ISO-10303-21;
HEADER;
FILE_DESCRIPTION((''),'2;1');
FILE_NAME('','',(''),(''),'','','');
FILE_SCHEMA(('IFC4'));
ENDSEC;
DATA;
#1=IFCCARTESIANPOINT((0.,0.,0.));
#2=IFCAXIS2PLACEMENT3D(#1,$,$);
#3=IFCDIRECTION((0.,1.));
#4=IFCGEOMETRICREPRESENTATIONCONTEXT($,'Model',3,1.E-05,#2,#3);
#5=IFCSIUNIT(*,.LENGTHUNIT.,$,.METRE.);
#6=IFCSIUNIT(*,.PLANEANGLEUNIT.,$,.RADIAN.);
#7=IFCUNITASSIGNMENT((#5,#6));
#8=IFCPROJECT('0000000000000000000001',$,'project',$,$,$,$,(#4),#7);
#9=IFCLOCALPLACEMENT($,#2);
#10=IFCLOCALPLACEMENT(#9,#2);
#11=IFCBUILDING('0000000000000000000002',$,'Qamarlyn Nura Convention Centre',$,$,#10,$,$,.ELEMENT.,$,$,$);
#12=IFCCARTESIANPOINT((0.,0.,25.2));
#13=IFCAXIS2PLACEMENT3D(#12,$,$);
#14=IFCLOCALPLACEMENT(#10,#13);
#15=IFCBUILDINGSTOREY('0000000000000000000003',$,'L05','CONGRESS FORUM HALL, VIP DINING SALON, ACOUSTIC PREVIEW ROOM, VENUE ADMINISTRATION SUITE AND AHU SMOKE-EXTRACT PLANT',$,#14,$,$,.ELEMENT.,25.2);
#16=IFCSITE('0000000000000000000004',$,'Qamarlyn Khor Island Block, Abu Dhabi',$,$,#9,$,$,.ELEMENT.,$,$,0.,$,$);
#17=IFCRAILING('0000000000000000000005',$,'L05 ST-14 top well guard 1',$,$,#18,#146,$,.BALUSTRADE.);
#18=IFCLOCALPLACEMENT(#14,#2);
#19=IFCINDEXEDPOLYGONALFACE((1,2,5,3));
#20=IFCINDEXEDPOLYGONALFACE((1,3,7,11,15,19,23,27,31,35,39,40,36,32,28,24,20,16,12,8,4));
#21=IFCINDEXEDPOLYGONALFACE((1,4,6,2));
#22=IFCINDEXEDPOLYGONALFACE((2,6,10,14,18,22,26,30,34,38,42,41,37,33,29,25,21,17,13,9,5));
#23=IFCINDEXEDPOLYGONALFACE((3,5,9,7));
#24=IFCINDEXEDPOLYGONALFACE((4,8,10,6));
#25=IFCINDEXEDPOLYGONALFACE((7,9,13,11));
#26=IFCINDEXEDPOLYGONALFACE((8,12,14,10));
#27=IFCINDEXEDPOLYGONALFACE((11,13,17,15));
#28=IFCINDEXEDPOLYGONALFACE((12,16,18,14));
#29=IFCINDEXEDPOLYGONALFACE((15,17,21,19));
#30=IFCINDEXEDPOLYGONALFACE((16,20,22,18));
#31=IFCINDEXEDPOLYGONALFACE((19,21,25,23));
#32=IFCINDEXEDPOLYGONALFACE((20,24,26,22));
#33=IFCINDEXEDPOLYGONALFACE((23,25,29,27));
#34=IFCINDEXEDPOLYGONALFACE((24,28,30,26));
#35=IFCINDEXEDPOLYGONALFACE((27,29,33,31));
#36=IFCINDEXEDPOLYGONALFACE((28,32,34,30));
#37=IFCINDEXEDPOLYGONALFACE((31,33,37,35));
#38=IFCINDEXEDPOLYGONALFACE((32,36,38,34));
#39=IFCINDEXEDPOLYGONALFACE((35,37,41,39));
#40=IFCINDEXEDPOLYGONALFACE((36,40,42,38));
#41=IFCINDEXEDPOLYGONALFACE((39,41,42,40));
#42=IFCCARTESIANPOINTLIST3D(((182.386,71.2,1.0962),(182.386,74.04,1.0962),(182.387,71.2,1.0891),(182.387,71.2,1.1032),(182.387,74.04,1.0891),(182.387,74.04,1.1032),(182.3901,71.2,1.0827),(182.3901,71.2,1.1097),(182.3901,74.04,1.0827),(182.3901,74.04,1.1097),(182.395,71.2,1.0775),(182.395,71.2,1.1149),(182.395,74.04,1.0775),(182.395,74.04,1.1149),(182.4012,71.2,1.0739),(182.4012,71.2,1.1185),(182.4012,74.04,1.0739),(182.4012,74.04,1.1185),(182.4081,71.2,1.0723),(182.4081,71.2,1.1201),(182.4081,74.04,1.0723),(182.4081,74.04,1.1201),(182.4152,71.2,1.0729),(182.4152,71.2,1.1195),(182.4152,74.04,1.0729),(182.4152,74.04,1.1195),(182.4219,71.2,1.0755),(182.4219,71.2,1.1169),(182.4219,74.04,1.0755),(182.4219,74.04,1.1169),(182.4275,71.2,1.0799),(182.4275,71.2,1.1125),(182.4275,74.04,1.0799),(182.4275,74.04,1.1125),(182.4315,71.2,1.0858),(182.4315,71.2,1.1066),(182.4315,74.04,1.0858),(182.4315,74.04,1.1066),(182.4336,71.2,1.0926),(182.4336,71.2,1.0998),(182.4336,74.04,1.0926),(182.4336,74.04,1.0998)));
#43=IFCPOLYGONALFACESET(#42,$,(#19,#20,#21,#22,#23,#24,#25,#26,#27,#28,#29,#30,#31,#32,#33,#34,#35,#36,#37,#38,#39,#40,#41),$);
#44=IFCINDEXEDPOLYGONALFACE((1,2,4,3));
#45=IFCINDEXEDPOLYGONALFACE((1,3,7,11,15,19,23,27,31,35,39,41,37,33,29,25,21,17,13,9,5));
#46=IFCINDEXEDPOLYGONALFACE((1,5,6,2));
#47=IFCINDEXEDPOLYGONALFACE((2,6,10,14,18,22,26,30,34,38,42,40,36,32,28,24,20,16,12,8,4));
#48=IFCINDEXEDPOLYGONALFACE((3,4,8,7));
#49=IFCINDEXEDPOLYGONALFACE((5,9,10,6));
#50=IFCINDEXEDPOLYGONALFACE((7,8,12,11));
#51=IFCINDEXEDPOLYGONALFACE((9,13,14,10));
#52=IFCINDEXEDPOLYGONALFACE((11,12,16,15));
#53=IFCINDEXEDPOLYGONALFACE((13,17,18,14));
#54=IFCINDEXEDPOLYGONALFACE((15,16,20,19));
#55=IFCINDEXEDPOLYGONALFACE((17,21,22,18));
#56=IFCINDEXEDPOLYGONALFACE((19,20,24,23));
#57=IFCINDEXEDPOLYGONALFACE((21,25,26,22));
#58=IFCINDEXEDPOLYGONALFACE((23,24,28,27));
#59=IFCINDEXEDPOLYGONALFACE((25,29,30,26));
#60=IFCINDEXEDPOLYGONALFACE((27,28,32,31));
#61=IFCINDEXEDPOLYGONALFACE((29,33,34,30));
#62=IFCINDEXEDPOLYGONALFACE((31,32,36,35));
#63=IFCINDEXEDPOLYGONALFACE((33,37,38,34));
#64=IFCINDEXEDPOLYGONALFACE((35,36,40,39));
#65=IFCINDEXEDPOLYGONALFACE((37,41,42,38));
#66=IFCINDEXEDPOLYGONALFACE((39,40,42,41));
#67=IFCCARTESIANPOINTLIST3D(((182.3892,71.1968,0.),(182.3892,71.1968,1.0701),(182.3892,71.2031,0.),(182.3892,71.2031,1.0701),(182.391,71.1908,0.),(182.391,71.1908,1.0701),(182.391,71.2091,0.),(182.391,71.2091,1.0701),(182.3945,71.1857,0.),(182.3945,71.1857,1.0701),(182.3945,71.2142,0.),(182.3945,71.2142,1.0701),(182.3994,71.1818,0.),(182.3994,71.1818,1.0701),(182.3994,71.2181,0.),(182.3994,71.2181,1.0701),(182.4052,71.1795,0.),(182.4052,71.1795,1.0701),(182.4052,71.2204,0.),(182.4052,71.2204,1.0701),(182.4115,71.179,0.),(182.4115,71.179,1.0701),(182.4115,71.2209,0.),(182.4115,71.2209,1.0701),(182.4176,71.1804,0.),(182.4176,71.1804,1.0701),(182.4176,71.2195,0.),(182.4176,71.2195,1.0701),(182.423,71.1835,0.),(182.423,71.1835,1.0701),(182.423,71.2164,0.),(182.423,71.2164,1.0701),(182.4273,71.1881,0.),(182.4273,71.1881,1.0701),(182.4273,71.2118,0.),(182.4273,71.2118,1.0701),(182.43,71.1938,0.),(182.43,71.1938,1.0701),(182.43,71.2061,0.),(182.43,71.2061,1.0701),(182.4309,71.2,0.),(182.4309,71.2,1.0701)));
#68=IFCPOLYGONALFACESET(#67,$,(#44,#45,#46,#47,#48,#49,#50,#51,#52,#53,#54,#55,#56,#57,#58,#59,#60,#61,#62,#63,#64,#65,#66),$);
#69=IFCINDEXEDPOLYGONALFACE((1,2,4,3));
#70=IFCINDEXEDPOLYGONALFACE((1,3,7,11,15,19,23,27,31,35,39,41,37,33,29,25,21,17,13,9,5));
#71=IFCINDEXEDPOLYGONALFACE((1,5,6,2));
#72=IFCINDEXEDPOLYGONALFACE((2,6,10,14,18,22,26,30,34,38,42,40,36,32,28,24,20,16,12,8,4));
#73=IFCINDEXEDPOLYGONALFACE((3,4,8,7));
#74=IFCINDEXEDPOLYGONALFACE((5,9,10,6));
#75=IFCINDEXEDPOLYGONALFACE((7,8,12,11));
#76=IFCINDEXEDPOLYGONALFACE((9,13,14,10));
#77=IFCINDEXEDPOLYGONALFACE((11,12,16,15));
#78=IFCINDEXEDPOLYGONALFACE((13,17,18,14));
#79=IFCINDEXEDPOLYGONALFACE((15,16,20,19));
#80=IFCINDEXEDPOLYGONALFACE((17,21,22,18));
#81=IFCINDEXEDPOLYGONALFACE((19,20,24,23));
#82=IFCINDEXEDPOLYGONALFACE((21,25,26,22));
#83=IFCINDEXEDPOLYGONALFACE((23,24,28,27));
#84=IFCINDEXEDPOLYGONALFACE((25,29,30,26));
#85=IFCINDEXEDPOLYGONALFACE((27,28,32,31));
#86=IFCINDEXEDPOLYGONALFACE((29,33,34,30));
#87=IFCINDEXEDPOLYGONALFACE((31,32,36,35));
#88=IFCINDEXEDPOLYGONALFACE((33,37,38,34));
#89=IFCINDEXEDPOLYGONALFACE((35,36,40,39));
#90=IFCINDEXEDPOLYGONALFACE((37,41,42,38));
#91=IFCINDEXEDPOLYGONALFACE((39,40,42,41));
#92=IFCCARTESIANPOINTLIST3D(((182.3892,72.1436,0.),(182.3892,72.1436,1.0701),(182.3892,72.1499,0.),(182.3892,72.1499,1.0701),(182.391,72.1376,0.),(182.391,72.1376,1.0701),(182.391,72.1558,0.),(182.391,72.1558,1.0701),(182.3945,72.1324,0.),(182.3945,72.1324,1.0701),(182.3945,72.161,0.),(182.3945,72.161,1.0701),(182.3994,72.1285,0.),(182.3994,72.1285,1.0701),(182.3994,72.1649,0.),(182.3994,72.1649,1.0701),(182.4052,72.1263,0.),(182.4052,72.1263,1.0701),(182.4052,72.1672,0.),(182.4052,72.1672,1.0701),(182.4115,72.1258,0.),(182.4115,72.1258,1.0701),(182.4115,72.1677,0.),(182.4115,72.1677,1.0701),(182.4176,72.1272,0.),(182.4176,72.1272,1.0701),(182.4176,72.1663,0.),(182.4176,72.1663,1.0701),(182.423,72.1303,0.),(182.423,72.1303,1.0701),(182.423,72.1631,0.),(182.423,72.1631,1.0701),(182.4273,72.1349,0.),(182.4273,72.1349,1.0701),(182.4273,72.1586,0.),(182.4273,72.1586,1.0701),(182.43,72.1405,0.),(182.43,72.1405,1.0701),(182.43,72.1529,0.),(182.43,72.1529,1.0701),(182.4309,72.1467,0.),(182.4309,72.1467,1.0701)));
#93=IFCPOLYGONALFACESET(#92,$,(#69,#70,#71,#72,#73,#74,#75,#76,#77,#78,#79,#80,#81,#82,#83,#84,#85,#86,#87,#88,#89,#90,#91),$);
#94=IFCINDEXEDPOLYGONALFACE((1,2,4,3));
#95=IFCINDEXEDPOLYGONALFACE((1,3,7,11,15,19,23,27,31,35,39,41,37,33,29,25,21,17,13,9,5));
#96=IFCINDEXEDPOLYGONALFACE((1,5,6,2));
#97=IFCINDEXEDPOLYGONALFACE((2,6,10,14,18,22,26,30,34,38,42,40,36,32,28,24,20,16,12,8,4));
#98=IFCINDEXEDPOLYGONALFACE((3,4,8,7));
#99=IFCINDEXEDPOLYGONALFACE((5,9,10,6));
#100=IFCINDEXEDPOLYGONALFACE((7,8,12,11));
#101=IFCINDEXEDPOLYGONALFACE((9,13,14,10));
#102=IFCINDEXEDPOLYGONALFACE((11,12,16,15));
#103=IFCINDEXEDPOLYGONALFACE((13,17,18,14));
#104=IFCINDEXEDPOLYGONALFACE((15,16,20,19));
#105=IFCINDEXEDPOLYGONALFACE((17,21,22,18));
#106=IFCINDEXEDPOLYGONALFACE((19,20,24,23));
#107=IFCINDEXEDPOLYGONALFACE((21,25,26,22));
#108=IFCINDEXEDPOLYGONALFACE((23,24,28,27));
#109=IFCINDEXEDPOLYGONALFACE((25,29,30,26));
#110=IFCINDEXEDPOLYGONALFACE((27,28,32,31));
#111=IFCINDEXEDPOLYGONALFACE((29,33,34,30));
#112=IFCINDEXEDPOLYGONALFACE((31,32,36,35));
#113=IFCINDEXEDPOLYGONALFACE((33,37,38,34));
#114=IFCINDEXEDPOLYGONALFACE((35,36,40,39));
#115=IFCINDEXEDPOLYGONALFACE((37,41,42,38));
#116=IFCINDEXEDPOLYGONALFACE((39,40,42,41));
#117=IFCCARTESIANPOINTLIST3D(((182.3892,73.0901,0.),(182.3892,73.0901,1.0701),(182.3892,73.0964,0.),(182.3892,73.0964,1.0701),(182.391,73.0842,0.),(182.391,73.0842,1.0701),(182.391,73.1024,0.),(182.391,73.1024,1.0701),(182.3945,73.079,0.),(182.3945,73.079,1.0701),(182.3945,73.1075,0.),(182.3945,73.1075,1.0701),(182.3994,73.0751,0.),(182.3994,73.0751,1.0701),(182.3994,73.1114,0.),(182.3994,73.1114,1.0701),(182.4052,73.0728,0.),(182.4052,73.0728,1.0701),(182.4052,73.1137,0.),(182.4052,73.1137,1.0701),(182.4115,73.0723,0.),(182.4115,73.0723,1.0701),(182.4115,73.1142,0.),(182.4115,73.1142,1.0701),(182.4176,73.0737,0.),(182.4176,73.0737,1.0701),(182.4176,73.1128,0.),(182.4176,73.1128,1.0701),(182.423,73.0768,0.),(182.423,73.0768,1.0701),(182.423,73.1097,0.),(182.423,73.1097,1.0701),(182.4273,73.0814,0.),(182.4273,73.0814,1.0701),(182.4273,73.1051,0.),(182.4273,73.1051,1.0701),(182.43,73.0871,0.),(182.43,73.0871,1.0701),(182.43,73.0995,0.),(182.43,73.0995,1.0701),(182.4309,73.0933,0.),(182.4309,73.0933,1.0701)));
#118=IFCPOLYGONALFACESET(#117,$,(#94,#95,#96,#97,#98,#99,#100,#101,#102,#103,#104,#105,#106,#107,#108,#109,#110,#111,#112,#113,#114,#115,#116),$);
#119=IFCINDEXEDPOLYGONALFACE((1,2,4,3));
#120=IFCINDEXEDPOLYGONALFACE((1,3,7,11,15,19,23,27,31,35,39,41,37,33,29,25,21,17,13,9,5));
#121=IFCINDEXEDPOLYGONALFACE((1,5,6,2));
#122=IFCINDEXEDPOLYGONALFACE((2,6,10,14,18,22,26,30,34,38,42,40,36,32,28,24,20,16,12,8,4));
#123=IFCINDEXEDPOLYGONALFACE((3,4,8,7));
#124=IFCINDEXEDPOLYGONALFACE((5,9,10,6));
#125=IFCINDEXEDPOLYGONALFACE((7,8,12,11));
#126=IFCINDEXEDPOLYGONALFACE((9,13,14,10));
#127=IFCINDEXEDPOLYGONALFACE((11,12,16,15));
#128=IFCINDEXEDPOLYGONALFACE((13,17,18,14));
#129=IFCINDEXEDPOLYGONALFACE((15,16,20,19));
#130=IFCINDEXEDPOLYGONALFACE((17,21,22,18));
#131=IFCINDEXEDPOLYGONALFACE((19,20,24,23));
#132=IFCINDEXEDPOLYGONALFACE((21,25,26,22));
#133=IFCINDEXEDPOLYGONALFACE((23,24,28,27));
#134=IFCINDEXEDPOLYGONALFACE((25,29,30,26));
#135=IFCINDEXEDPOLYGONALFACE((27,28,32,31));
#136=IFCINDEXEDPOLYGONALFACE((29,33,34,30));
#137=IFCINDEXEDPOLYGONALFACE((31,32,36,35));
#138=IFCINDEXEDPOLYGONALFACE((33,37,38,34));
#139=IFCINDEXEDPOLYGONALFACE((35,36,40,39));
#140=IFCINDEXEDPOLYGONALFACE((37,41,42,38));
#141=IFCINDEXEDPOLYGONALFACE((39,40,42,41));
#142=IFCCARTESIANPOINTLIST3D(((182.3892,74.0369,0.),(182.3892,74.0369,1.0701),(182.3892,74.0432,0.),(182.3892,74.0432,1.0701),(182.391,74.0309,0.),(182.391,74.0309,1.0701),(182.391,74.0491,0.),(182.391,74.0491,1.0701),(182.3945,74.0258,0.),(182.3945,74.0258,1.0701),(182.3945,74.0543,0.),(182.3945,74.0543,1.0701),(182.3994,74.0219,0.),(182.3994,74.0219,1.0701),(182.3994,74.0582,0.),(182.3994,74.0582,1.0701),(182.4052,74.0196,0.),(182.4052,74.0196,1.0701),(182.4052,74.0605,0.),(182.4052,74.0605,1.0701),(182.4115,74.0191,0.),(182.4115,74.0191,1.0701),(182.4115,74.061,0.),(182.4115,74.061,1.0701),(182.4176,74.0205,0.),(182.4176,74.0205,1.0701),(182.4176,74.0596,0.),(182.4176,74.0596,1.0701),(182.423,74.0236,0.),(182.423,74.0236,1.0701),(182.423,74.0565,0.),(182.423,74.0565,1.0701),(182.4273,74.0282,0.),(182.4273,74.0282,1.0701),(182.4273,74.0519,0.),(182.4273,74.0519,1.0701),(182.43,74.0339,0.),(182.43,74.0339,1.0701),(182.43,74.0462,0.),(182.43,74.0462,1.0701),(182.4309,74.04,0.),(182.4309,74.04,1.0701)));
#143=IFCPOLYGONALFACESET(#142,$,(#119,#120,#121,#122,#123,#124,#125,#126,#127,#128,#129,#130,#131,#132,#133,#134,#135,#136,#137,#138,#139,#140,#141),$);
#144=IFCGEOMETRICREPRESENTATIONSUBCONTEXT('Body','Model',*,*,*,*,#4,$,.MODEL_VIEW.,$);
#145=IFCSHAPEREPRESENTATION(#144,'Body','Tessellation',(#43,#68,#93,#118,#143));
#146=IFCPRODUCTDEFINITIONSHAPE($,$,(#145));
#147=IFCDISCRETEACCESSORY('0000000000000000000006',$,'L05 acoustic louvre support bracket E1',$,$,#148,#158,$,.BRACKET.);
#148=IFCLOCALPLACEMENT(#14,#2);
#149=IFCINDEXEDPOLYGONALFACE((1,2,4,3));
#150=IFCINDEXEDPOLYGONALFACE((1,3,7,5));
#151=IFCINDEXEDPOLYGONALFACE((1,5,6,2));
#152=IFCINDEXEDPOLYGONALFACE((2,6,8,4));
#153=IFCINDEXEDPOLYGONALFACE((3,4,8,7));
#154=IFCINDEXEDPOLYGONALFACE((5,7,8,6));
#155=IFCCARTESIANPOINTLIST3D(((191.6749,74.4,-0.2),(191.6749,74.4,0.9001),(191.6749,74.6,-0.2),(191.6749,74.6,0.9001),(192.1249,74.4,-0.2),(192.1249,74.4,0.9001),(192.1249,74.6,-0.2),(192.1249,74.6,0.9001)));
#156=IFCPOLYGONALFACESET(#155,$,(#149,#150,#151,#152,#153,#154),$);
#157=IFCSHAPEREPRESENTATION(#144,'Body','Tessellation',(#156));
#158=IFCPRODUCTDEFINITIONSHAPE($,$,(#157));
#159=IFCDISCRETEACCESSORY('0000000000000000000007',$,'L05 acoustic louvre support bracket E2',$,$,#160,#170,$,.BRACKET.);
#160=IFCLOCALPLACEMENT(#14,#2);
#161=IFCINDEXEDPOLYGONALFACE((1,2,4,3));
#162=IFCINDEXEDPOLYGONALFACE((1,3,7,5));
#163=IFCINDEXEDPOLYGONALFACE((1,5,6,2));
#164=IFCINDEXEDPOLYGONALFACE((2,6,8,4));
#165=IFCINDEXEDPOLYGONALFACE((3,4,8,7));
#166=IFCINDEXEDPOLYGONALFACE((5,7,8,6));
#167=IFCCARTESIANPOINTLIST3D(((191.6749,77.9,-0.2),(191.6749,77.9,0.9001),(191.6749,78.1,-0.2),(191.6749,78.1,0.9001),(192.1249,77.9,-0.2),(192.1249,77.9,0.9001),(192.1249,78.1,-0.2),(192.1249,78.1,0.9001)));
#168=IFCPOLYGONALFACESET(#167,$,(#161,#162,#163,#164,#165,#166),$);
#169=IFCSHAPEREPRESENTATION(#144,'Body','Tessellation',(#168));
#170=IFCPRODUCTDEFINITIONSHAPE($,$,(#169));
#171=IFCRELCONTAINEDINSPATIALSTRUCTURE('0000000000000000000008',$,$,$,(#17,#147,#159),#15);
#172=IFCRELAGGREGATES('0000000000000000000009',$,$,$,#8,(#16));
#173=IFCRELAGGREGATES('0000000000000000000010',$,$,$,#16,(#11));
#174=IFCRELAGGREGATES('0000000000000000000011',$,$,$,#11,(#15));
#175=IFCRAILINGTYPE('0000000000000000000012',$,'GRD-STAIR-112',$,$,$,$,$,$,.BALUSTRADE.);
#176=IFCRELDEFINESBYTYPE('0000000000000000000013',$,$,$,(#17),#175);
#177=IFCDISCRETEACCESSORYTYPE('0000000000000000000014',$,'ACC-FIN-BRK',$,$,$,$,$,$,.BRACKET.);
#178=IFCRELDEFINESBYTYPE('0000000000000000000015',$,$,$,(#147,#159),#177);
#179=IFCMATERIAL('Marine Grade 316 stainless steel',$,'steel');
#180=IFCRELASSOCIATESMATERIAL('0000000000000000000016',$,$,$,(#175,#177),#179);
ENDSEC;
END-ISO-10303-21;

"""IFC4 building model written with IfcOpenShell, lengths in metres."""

from ifc_helpers import new_model, si_unit, direction, frame, origin, origin_2d, place, context, subcontext, project, spatial, rectangle, circle, extrude, material, type_object, element, save


model = new_model("IFC4")

# Units and contexts
model_context = context("Model", 3, precision=1e-05, world=origin(), true_north=direction((0.0, 1.0)))
body_context = subcontext(model_context, "Body", "Model", "MODEL_VIEW")
ifc_project = project(units=[si_unit("LENGTHUNIT", "METRE"), si_unit("PLANEANGLEUNIT", "RADIAN")], contexts=[model_context])

# Site, building, storey
site_placement = place(None, origin())
site = spatial("IfcSite", under=ifc_project, at=site_placement, Name="Qamarlyn Khor Island Block, Abu Dhabi", CompositionType="ELEMENT", RefElevation=0.0)
building_placement = place(site_placement, origin())
building = spatial("IfcBuilding", under=site, at=building_placement, Name="Qamarlyn Nura Convention Centre", CompositionType="ELEMENT")
storey_placement = place(building_placement, frame((0.0, 0.0, 25.2)))
storey = spatial("IfcBuildingStorey", under=building, at=storey_placement, Name="L05", Description="CONGRESS FORUM HALL, VIP DINING SALON, ACOUSTIC PREVIEW ROOM, VENUE ADMINISTRATION SUITE AND AHU SMOKE-EXTRACT PLANT", CompositionType="ELEMENT", Elevation=25.2)

# Railing
ifc_material_1 = material(Name="Marine Grade 316 stainless steel", Category="steel")
railing_type = type_object("IfcRailingType", Name="GRD-STAIR-112", PredefinedType="BALUSTRADE", material=ifc_material_1)
railing_1_placement = place(storey_placement, frame((182.4099, 71.2, 0.0)))
element("IfcRailing", 1, at=railing_1_placement, inside=storey, type_object=railing_type, Name="L05 ST-14 top well guard 1", PredefinedType="BALUSTRADE", context=body_context, shape_type="SweptSolid", body=[
    extrude(circle(Radius=0.0239, at=origin_2d()), frame((0.0, 0.0, 1.0962), z_axis=(0.0, 1.0, 0.0), x_axis=(-1.0, 0.0, 0.0)), (0.0, 0.0, 1.0), 2.8401),
    extrude(circle(Radius=0.021, at=origin_2d()), origin(), (0.0, 0.0, 1.0), 1.0701),
    extrude(circle(Radius=0.021, at=origin_2d()), frame((0.0, 0.9468, 0.0)), (0.0, 0.0, 1.0), 1.0701),
    extrude(circle(Radius=0.021, at=origin_2d()), frame((0.0, 1.8933, 0.0)), (0.0, 0.0, 1.0), 1.0701),
    extrude(circle(Radius=0.021, at=origin_2d()), frame((0.0, 2.8401, 0.0)), (0.0, 0.0, 1.0), 1.0701),
])

# Discrete accessories
discrete_accessory_type = type_object("IfcDiscreteAccessoryType", Name="ACC-FIN-BRK", PredefinedType="BRACKET", material=ifc_material_1)
for number, where, z_axis, x_axis, name in (
    (2, (191.8999, 74.5, -0.2), (0.0, 0.0, 1.0), (1.0, 0.0, 0.0), "L05 acoustic louvre support bracket E1"),
    (3, (191.8999, 78.0, -0.2), (0.0, 0.0, 1.0), (1.0, 0.0, 0.0), "L05 acoustic louvre support bracket E2"),
):
    element("IfcDiscreteAccessory", number, at=place(storey_placement, frame(where, z_axis=z_axis, x_axis=x_axis)), inside=storey, type_object=discrete_accessory_type, Name=name, PredefinedType="BRACKET", context=body_context, shape_type="SweptSolid", body=[
        extrude(rectangle(XDim=0.45, YDim=0.2, at=origin_2d()), origin(), (0.0, 0.0, 1.0), 1.1001),
    ])

save(model, "model.ifc")
